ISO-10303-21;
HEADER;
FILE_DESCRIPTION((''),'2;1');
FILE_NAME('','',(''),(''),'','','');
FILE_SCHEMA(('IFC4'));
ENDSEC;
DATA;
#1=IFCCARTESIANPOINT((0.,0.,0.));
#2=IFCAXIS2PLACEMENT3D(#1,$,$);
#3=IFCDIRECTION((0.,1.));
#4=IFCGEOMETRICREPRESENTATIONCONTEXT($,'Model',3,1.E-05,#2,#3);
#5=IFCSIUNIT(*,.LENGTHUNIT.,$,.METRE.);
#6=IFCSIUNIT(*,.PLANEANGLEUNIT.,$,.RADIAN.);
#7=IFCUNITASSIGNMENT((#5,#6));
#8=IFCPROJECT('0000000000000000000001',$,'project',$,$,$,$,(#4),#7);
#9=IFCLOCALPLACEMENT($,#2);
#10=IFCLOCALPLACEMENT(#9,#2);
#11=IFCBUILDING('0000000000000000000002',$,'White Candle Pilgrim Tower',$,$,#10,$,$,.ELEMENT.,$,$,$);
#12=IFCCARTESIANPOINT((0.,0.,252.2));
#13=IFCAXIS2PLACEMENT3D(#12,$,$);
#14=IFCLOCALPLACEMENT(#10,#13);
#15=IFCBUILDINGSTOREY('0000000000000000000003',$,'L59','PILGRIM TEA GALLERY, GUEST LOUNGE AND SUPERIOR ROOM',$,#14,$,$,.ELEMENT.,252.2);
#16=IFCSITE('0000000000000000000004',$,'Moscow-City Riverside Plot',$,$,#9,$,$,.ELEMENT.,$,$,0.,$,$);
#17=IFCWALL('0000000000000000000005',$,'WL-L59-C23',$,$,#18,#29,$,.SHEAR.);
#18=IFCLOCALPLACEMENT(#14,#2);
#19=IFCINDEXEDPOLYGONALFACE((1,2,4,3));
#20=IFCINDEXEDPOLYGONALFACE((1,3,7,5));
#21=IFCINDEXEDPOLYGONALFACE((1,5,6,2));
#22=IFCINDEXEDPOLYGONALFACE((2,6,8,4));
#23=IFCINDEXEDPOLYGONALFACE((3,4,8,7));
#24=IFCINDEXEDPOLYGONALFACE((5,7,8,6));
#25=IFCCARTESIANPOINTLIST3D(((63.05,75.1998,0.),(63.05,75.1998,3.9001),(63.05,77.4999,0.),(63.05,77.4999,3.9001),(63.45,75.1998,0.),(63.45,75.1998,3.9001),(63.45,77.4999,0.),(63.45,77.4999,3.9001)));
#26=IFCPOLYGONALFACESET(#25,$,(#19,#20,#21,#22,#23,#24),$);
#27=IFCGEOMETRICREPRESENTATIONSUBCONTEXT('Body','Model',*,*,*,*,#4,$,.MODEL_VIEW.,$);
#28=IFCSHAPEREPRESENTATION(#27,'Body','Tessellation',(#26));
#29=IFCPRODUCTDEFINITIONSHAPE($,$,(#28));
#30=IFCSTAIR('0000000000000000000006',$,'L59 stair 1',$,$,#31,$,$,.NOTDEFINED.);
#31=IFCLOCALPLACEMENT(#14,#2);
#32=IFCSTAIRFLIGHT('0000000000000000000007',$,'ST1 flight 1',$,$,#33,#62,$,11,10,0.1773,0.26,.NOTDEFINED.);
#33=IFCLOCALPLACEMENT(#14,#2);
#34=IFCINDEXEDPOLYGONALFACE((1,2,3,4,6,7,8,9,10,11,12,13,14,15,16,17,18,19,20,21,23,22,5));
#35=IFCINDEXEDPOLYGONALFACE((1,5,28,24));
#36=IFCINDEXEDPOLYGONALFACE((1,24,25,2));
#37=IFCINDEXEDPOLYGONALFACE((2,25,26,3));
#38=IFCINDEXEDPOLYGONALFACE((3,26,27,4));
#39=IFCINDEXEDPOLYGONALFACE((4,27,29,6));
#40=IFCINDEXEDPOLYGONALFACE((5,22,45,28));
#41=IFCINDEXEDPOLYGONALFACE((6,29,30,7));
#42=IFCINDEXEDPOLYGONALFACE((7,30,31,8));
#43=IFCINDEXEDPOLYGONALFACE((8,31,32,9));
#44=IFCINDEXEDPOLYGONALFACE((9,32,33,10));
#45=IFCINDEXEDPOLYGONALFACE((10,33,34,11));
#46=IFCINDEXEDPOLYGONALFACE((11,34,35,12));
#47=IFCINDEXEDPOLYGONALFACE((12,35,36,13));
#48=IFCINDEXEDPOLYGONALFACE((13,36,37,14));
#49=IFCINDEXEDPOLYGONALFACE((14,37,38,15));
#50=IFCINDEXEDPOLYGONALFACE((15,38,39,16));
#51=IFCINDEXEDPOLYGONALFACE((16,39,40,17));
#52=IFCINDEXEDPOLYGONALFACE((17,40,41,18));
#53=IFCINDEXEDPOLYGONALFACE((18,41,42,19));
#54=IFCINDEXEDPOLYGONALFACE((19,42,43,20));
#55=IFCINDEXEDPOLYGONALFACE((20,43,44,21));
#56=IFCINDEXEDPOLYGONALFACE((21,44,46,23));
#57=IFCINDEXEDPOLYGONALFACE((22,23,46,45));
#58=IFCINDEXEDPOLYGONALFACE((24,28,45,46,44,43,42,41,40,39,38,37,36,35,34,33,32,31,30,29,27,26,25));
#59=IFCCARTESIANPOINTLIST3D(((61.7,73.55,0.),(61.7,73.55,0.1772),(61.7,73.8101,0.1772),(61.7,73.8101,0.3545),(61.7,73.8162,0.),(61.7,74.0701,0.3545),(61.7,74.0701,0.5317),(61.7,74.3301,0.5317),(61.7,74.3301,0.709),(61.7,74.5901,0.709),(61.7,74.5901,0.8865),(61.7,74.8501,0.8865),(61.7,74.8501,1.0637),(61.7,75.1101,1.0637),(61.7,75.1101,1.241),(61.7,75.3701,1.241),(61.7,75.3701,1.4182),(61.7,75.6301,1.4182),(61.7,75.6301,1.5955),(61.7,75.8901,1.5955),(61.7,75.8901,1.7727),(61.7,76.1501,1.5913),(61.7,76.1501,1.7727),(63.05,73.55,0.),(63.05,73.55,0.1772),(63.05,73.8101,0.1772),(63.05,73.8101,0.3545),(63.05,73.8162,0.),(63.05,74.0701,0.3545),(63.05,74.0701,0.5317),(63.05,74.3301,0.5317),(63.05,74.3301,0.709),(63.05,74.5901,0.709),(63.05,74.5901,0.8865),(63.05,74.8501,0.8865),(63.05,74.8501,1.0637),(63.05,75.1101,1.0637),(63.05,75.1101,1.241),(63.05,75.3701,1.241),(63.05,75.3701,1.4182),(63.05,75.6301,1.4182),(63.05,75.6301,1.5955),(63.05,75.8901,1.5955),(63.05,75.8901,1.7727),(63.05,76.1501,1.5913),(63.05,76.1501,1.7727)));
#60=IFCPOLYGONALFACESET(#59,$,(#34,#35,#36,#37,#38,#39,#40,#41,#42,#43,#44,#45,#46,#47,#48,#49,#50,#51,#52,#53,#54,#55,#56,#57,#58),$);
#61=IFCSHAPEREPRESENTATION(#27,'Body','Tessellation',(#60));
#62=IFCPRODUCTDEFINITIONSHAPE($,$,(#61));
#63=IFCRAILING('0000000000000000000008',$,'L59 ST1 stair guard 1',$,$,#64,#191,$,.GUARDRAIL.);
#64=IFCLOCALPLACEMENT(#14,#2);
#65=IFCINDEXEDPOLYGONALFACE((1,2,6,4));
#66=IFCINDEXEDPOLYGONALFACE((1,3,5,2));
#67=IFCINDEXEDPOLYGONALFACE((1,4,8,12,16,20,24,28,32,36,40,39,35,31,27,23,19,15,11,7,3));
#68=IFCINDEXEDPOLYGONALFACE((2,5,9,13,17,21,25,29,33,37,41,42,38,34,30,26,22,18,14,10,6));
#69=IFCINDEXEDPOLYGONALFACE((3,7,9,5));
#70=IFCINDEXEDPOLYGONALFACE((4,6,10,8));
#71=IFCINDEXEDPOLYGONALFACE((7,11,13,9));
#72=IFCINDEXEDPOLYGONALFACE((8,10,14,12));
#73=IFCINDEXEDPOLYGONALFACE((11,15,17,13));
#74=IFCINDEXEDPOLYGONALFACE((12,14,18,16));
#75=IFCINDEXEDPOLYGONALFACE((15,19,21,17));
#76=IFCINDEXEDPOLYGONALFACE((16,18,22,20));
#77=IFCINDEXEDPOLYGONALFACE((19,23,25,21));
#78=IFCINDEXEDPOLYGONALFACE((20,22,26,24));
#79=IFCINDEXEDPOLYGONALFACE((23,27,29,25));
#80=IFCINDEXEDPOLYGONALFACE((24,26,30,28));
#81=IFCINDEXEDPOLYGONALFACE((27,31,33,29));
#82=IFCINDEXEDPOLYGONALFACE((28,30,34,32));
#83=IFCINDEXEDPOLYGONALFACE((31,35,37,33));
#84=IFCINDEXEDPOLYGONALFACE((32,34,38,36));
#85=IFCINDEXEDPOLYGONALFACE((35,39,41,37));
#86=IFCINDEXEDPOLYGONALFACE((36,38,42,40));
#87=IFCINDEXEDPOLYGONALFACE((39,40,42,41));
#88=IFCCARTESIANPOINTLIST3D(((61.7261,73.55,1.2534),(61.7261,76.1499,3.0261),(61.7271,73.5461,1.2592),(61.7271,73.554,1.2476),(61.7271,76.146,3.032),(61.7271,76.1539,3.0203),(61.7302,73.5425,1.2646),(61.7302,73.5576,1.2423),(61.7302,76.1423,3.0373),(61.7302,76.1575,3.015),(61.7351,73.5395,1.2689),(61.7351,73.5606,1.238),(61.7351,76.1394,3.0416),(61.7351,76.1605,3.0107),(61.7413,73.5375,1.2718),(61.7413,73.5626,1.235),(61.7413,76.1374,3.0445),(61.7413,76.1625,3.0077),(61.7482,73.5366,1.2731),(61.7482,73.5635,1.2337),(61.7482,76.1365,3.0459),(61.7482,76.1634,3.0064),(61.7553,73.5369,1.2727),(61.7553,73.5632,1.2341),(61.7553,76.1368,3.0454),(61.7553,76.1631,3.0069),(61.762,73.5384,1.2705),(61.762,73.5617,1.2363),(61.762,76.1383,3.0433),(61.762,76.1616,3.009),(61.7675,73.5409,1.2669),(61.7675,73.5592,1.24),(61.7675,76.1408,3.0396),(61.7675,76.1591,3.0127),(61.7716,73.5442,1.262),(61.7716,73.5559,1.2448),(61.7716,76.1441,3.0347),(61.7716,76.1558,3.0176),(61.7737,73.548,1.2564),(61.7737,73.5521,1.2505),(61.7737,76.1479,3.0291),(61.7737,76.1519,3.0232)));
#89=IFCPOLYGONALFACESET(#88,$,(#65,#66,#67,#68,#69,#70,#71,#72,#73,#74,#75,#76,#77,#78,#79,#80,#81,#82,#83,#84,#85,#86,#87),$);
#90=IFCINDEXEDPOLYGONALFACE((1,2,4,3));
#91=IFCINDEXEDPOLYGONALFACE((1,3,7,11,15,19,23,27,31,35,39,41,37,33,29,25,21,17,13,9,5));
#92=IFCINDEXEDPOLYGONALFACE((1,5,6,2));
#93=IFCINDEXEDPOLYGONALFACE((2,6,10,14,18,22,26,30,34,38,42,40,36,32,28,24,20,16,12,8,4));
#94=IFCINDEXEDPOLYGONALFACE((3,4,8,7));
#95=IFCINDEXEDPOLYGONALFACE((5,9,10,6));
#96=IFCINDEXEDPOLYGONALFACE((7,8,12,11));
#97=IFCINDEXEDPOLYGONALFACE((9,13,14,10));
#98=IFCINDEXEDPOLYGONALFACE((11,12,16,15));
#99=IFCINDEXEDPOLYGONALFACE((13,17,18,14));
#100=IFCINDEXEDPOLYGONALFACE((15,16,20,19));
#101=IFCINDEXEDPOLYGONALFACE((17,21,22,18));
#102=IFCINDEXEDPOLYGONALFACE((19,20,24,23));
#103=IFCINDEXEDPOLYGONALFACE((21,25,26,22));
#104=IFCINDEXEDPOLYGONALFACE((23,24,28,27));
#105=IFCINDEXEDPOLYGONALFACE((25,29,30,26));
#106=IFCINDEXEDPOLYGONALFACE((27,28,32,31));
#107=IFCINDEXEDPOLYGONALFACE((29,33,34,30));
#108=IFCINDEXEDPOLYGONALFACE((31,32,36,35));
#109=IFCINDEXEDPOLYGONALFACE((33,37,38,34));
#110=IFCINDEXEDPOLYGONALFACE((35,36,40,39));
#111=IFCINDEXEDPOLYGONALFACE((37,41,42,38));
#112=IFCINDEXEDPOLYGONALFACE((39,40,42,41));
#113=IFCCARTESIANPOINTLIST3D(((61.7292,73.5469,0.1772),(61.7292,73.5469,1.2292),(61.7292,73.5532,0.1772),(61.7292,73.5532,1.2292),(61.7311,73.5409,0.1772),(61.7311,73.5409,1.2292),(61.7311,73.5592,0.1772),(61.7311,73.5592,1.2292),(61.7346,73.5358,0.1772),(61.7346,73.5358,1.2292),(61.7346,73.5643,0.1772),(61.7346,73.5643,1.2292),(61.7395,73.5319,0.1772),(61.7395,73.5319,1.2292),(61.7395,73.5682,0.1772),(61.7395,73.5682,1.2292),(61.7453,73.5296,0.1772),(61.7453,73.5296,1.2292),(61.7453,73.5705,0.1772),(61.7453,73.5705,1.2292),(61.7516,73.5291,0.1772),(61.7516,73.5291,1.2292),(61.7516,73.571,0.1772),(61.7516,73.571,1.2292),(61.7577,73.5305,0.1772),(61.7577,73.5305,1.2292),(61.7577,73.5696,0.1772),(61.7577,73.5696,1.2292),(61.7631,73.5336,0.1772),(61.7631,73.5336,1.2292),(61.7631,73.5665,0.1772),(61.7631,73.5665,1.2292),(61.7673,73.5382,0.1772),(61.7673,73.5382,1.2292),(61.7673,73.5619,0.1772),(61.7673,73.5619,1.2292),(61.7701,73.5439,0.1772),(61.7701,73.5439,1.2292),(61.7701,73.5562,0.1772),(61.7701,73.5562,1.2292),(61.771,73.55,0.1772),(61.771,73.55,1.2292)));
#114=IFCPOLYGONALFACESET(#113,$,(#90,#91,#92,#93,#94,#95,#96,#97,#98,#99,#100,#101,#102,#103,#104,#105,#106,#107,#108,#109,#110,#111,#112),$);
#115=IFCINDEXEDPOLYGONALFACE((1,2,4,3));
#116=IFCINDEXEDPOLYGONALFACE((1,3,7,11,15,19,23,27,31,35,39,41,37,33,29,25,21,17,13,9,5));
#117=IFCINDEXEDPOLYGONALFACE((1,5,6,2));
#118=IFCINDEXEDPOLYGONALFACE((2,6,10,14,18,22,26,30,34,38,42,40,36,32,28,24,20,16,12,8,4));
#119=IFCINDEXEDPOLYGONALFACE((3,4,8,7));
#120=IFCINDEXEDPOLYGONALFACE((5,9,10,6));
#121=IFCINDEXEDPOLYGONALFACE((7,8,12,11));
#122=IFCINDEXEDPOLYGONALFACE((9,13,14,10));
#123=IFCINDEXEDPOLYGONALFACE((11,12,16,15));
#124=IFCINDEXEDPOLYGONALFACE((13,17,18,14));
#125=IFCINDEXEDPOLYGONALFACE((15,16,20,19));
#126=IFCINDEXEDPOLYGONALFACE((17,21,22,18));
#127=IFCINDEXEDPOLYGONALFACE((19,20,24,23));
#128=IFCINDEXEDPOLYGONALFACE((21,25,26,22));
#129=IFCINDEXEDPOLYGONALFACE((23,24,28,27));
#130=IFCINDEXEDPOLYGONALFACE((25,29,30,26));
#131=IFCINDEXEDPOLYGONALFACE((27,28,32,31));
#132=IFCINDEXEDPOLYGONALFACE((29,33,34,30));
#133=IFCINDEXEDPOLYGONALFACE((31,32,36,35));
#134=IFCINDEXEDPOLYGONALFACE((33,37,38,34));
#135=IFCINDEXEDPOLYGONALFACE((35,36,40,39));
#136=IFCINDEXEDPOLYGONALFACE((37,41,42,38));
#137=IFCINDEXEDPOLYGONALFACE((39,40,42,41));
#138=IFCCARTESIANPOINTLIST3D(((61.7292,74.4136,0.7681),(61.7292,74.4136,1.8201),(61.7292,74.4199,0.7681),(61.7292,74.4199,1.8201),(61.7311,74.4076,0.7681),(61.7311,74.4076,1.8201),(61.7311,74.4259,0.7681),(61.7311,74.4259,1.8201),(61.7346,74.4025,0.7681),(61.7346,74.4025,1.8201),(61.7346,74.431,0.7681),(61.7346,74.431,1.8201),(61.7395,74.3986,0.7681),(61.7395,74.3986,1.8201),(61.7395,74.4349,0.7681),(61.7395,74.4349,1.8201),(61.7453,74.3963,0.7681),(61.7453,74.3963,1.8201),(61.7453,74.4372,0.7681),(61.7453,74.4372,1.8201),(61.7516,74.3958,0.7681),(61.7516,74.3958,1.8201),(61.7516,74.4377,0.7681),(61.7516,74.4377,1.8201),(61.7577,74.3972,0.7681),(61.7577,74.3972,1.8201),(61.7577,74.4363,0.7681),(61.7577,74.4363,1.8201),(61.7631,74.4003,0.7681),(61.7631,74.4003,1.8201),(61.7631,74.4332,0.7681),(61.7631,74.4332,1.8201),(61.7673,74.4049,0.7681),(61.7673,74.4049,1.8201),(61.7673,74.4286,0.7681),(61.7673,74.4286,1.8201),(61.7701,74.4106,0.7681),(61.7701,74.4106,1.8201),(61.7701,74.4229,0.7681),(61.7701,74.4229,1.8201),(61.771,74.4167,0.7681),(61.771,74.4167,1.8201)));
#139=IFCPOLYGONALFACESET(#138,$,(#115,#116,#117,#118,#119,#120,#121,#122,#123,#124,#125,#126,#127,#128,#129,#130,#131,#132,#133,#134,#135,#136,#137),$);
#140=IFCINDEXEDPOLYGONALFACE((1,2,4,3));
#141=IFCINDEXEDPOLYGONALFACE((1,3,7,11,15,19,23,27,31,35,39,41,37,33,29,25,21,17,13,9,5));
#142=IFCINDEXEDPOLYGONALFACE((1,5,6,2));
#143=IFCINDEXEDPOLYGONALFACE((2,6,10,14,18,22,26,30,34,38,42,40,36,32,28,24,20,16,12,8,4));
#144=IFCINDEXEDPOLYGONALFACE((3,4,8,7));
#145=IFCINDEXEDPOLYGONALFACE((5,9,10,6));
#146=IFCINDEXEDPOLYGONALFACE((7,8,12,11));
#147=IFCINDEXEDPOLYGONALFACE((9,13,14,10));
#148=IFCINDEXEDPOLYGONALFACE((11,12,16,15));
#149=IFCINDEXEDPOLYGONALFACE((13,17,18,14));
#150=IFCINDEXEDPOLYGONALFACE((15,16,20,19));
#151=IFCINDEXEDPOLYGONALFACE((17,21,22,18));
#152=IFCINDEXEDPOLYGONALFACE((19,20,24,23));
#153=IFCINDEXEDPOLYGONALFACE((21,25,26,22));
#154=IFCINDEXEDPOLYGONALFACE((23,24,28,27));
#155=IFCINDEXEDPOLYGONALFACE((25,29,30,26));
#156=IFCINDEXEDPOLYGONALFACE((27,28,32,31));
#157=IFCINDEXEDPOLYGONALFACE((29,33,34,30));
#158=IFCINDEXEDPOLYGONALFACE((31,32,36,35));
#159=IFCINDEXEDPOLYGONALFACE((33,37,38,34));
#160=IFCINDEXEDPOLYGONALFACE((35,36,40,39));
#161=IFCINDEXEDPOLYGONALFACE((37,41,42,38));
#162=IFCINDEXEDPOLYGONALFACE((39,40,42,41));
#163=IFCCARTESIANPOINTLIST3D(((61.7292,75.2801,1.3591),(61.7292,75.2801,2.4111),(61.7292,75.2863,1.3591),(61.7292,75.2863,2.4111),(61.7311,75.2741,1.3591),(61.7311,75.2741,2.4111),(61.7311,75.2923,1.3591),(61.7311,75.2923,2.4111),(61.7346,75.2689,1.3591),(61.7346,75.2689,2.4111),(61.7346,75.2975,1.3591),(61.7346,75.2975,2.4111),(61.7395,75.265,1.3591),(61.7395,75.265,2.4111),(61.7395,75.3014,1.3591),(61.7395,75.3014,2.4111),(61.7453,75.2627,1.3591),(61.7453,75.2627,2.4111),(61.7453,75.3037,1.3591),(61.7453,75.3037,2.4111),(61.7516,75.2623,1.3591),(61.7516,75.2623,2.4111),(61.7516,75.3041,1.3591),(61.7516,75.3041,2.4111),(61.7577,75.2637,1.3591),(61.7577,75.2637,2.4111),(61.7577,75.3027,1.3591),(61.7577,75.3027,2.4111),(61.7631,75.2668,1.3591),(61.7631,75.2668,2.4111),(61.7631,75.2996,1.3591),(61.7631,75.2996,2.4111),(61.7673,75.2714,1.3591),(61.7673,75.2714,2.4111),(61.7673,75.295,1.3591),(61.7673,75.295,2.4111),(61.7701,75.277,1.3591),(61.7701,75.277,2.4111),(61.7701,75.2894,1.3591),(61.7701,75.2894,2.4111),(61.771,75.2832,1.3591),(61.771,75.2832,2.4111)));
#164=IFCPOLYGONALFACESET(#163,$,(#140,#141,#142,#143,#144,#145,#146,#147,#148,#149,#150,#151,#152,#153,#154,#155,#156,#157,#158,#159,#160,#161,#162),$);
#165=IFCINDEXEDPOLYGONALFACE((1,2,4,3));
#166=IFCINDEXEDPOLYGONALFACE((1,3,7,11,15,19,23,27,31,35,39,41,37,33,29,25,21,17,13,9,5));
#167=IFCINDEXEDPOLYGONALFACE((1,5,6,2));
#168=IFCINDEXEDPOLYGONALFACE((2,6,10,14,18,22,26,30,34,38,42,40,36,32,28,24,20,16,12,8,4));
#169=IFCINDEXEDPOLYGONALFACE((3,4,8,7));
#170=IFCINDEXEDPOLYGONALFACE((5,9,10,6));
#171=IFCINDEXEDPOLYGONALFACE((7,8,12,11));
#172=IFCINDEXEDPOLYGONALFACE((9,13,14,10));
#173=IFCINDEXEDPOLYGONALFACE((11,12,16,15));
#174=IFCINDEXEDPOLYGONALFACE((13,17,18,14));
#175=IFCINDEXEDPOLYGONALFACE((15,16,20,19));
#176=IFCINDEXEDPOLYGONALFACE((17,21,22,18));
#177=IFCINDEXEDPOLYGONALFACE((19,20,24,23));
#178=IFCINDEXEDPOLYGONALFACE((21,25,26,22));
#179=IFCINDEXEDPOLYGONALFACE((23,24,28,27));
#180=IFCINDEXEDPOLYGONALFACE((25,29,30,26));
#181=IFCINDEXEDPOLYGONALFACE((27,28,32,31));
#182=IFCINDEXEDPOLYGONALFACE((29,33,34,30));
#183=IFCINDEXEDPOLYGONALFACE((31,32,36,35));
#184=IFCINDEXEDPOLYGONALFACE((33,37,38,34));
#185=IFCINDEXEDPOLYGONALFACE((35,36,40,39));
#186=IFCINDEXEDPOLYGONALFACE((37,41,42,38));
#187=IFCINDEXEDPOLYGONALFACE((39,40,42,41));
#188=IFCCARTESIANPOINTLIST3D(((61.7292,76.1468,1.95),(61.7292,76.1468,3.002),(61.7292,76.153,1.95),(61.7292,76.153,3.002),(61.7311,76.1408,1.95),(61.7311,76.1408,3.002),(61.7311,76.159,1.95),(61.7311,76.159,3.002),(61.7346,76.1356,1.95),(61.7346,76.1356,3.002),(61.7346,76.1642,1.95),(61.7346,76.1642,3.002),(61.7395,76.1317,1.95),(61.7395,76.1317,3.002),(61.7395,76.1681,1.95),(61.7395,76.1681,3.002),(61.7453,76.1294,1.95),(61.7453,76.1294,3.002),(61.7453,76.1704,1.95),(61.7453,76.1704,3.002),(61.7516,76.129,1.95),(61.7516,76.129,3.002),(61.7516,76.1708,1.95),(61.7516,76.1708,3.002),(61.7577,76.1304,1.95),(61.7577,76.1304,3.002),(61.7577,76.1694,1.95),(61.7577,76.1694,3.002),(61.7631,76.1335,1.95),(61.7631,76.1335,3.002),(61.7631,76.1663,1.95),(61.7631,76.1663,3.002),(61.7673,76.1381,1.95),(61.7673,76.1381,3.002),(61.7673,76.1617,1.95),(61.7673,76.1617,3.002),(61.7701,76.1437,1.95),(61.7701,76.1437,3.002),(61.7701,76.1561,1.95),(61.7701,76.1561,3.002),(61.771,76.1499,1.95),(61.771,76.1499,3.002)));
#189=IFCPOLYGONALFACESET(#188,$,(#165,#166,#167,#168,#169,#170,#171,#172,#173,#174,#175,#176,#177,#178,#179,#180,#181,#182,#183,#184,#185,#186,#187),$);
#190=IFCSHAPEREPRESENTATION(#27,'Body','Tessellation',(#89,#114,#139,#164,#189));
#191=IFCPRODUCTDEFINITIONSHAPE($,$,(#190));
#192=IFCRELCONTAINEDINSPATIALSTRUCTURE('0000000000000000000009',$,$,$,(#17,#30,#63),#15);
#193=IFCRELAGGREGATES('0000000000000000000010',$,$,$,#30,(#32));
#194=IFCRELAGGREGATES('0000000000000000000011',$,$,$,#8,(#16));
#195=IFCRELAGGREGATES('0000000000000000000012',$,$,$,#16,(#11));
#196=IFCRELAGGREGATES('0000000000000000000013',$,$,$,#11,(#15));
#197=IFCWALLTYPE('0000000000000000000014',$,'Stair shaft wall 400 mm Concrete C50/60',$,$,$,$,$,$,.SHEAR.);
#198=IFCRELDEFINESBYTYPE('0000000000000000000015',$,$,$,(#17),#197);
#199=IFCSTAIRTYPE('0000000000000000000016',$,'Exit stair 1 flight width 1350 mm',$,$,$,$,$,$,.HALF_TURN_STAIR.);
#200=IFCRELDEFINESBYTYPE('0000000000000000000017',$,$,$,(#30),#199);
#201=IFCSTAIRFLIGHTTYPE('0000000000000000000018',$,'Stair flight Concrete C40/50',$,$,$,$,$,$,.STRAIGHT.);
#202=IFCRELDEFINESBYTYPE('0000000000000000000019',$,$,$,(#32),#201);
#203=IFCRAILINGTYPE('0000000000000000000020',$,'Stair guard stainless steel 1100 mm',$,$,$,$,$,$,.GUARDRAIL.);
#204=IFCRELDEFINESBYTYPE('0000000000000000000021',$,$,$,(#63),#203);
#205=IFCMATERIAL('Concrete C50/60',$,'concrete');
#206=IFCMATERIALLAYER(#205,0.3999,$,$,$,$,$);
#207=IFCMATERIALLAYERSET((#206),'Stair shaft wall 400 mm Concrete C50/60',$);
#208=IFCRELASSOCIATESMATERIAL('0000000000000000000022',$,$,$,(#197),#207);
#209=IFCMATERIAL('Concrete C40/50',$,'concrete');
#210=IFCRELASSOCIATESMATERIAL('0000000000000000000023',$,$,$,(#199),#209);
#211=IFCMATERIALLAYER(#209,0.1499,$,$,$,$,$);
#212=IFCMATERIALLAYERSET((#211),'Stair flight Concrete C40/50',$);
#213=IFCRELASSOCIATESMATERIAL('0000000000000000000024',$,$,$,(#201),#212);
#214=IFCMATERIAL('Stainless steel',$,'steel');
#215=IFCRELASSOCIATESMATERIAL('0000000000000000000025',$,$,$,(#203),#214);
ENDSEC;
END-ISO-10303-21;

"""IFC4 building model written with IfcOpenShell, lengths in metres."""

from ifc_helpers import new_model, si_unit, direction, frame, frame_2d, origin, origin_2d, place, context, subcontext, project, spatial, polyline, rectangle, circle, outline, extrude, material, layer, layer_set, type_object, element, aggregate, save


model = new_model("IFC4")

# Units and contexts
model_context = context("Model", 3, precision=1e-05, world=origin(), true_north=direction((0.0, 1.0)))
body_context = subcontext(model_context, "Body", "Model", "MODEL_VIEW")
ifc_project = project(units=[si_unit("LENGTHUNIT", "METRE"), si_unit("PLANEANGLEUNIT", "RADIAN")], contexts=[model_context])

# Site, building, storey
site_placement = place(None, origin())
site = spatial("IfcSite", under=ifc_project, at=site_placement, Name="Moscow-City Riverside Plot", CompositionType="ELEMENT", RefElevation=0.0)
building_placement = place(site_placement, origin())
building = spatial("IfcBuilding", under=site, at=building_placement, Name="White Candle Pilgrim Tower", CompositionType="ELEMENT")
storey_placement = place(building_placement, frame((0.0, 0.0, 252.2)))
storey = spatial("IfcBuildingStorey", under=building, at=storey_placement, Name="L59", Description="PILGRIM TEA GALLERY, GUEST LOUNGE AND SUPERIOR ROOM", CompositionType="ELEMENT", Elevation=252.2)

# Wall
ifc_material_1 = material(Name="Concrete C50/60", Category="concrete")
ifc_layer_1 = layer(ifc_material_1, 0.3999)
ifc_layer_set_1 = layer_set([ifc_layer_1], Name="Stair shaft wall 400 mm Concrete C50/60")
wall_type_1 = type_object("IfcWallType", Name="Stair shaft wall 400 mm Concrete C50/60", PredefinedType="SHEAR", material=ifc_layer_set_1)
wall_1_placement = place(storey_placement, frame((63.25, 75.2, 0.0), z_axis=(0.0, 0.0, 1.0), x_axis=(0.0, 1.0, 0.0)))
element("IfcWall", 1, at=wall_1_placement, inside=storey, type_object=wall_type_1, Name="WL-L59-C23", PredefinedType="SHEAR", context=body_context, shape_type="SweptSolid", body=[
    extrude(rectangle(XDim=2.3, YDim=0.3999, at=frame_2d((1.1499, 0.0))), origin(), (0.0, 0.0, 1.0), 3.9001),
])

# Stair, stair flight
ifc_material_2 = material(Name="Concrete C40/50", Category="concrete")
stair_type = type_object("IfcStairType", Name="Exit stair 1 flight width 1350 mm", PredefinedType="HALF_TURN_STAIR", material=ifc_material_2)
stair_placement = place(storey_placement, origin())
stair = element("IfcStair", 2, at=stair_placement, inside=storey, type_object=stair_type, Name="L59 stair 1", PredefinedType="NOTDEFINED")
ifc_layer_2 = layer(ifc_material_2, 0.1499)
ifc_layer_set_2 = layer_set([ifc_layer_2], Name="Stair flight Concrete C40/50")
stair_flight_type = type_object("IfcStairFlightType", Name="Stair flight Concrete C40/50", PredefinedType="STRAIGHT", material=ifc_layer_set_2)
stair_flight_placement = place(storey_placement, frame((62.375, 73.55, 0.0), z_axis=(0.0, 0.0, 1.0), x_axis=(0.0, 1.0, 0.0)))
stair_flight = element("IfcStairFlight", 3, at=stair_flight_placement, type_object=stair_flight_type, Name="ST1 flight 1", NumberOfRisers=11, NumberOfTreads=10, PredefinedType="NOTDEFINED", RiserHeight=0.1773, TreadLength=0.26, context=body_context, shape_type="SweptSolid", body=[
    extrude(outline(polyline([(0.0, 0.0), (0.0, 0.1772), (0.26, 0.1772), (0.26, 0.3545), (0.52, 0.3545), (0.52, 0.5317), (0.78, 0.5317), (0.78, 0.709), (1.04, 0.709), (1.04, 0.8865), (1.3, 0.8865), (1.3, 1.0637), (1.5601, 1.0637), (1.5601, 1.241), (1.8201, 1.241), (1.8201, 1.4182), (2.0801, 1.4182), (2.0801, 1.5955), (2.3401, 1.5955), (2.3401, 1.7727), (2.6001, 1.7727), (2.6001, 1.95), (2.6001, 1.5913), (0.2661, 0.0), (0.0, 0.0)])), frame((0.0, 0.675, 0.0), z_axis=(0.0, -1.0, 0.0), x_axis=(1.0, 0.0, 0.0)), (0.0, 0.0, 1.0), 1.3501),
])
aggregate(stair, [stair_flight])

# Railing
ifc_material_3 = material(Name="Stainless steel", Category="steel")
railing_type_1 = type_object("IfcRailingType", Name="Stair guard stainless steel 1100 mm", PredefinedType="GUARDRAIL", material=ifc_material_3)
railing_1_placement = place(storey_placement, frame((61.75, 73.55, 0.1772)))
element("IfcRailing", 4, at=railing_1_placement, inside=storey, type_object=railing_type_1, Name="L59 ST1 stair guard 1", PredefinedType="GUARDRAIL", context=body_context, shape_type="SweptSolid", body=[
    extrude(circle(Radius=0.0239, at=origin_2d()), frame((0.0, 0.0, 1.0762), z_axis=(0.0, 0.826216, 0.563354), x_axis=(-1.0, 0.0, 0.0)), (0.0, 0.0, 1.0), 3.1467),
    extrude(circle(Radius=0.021, at=origin_2d()), origin(), (0.0, 0.0, 1.0), 1.052),
    extrude(circle(Radius=0.021, at=origin_2d()), frame((0.0, 0.8667, 0.5908)), (0.0, 0.0, 1.0), 1.052),
    extrude(circle(Radius=0.021, at=origin_2d()), frame((0.0, 1.7332, 1.1819)), (0.0, 0.0, 1.0), 1.052),
    extrude(circle(Radius=0.021, at=origin_2d()), frame((0.0, 2.5999, 1.7727)), (0.0, 0.0, 1.0), 1.052),
])

save(model, "model.ifc")
